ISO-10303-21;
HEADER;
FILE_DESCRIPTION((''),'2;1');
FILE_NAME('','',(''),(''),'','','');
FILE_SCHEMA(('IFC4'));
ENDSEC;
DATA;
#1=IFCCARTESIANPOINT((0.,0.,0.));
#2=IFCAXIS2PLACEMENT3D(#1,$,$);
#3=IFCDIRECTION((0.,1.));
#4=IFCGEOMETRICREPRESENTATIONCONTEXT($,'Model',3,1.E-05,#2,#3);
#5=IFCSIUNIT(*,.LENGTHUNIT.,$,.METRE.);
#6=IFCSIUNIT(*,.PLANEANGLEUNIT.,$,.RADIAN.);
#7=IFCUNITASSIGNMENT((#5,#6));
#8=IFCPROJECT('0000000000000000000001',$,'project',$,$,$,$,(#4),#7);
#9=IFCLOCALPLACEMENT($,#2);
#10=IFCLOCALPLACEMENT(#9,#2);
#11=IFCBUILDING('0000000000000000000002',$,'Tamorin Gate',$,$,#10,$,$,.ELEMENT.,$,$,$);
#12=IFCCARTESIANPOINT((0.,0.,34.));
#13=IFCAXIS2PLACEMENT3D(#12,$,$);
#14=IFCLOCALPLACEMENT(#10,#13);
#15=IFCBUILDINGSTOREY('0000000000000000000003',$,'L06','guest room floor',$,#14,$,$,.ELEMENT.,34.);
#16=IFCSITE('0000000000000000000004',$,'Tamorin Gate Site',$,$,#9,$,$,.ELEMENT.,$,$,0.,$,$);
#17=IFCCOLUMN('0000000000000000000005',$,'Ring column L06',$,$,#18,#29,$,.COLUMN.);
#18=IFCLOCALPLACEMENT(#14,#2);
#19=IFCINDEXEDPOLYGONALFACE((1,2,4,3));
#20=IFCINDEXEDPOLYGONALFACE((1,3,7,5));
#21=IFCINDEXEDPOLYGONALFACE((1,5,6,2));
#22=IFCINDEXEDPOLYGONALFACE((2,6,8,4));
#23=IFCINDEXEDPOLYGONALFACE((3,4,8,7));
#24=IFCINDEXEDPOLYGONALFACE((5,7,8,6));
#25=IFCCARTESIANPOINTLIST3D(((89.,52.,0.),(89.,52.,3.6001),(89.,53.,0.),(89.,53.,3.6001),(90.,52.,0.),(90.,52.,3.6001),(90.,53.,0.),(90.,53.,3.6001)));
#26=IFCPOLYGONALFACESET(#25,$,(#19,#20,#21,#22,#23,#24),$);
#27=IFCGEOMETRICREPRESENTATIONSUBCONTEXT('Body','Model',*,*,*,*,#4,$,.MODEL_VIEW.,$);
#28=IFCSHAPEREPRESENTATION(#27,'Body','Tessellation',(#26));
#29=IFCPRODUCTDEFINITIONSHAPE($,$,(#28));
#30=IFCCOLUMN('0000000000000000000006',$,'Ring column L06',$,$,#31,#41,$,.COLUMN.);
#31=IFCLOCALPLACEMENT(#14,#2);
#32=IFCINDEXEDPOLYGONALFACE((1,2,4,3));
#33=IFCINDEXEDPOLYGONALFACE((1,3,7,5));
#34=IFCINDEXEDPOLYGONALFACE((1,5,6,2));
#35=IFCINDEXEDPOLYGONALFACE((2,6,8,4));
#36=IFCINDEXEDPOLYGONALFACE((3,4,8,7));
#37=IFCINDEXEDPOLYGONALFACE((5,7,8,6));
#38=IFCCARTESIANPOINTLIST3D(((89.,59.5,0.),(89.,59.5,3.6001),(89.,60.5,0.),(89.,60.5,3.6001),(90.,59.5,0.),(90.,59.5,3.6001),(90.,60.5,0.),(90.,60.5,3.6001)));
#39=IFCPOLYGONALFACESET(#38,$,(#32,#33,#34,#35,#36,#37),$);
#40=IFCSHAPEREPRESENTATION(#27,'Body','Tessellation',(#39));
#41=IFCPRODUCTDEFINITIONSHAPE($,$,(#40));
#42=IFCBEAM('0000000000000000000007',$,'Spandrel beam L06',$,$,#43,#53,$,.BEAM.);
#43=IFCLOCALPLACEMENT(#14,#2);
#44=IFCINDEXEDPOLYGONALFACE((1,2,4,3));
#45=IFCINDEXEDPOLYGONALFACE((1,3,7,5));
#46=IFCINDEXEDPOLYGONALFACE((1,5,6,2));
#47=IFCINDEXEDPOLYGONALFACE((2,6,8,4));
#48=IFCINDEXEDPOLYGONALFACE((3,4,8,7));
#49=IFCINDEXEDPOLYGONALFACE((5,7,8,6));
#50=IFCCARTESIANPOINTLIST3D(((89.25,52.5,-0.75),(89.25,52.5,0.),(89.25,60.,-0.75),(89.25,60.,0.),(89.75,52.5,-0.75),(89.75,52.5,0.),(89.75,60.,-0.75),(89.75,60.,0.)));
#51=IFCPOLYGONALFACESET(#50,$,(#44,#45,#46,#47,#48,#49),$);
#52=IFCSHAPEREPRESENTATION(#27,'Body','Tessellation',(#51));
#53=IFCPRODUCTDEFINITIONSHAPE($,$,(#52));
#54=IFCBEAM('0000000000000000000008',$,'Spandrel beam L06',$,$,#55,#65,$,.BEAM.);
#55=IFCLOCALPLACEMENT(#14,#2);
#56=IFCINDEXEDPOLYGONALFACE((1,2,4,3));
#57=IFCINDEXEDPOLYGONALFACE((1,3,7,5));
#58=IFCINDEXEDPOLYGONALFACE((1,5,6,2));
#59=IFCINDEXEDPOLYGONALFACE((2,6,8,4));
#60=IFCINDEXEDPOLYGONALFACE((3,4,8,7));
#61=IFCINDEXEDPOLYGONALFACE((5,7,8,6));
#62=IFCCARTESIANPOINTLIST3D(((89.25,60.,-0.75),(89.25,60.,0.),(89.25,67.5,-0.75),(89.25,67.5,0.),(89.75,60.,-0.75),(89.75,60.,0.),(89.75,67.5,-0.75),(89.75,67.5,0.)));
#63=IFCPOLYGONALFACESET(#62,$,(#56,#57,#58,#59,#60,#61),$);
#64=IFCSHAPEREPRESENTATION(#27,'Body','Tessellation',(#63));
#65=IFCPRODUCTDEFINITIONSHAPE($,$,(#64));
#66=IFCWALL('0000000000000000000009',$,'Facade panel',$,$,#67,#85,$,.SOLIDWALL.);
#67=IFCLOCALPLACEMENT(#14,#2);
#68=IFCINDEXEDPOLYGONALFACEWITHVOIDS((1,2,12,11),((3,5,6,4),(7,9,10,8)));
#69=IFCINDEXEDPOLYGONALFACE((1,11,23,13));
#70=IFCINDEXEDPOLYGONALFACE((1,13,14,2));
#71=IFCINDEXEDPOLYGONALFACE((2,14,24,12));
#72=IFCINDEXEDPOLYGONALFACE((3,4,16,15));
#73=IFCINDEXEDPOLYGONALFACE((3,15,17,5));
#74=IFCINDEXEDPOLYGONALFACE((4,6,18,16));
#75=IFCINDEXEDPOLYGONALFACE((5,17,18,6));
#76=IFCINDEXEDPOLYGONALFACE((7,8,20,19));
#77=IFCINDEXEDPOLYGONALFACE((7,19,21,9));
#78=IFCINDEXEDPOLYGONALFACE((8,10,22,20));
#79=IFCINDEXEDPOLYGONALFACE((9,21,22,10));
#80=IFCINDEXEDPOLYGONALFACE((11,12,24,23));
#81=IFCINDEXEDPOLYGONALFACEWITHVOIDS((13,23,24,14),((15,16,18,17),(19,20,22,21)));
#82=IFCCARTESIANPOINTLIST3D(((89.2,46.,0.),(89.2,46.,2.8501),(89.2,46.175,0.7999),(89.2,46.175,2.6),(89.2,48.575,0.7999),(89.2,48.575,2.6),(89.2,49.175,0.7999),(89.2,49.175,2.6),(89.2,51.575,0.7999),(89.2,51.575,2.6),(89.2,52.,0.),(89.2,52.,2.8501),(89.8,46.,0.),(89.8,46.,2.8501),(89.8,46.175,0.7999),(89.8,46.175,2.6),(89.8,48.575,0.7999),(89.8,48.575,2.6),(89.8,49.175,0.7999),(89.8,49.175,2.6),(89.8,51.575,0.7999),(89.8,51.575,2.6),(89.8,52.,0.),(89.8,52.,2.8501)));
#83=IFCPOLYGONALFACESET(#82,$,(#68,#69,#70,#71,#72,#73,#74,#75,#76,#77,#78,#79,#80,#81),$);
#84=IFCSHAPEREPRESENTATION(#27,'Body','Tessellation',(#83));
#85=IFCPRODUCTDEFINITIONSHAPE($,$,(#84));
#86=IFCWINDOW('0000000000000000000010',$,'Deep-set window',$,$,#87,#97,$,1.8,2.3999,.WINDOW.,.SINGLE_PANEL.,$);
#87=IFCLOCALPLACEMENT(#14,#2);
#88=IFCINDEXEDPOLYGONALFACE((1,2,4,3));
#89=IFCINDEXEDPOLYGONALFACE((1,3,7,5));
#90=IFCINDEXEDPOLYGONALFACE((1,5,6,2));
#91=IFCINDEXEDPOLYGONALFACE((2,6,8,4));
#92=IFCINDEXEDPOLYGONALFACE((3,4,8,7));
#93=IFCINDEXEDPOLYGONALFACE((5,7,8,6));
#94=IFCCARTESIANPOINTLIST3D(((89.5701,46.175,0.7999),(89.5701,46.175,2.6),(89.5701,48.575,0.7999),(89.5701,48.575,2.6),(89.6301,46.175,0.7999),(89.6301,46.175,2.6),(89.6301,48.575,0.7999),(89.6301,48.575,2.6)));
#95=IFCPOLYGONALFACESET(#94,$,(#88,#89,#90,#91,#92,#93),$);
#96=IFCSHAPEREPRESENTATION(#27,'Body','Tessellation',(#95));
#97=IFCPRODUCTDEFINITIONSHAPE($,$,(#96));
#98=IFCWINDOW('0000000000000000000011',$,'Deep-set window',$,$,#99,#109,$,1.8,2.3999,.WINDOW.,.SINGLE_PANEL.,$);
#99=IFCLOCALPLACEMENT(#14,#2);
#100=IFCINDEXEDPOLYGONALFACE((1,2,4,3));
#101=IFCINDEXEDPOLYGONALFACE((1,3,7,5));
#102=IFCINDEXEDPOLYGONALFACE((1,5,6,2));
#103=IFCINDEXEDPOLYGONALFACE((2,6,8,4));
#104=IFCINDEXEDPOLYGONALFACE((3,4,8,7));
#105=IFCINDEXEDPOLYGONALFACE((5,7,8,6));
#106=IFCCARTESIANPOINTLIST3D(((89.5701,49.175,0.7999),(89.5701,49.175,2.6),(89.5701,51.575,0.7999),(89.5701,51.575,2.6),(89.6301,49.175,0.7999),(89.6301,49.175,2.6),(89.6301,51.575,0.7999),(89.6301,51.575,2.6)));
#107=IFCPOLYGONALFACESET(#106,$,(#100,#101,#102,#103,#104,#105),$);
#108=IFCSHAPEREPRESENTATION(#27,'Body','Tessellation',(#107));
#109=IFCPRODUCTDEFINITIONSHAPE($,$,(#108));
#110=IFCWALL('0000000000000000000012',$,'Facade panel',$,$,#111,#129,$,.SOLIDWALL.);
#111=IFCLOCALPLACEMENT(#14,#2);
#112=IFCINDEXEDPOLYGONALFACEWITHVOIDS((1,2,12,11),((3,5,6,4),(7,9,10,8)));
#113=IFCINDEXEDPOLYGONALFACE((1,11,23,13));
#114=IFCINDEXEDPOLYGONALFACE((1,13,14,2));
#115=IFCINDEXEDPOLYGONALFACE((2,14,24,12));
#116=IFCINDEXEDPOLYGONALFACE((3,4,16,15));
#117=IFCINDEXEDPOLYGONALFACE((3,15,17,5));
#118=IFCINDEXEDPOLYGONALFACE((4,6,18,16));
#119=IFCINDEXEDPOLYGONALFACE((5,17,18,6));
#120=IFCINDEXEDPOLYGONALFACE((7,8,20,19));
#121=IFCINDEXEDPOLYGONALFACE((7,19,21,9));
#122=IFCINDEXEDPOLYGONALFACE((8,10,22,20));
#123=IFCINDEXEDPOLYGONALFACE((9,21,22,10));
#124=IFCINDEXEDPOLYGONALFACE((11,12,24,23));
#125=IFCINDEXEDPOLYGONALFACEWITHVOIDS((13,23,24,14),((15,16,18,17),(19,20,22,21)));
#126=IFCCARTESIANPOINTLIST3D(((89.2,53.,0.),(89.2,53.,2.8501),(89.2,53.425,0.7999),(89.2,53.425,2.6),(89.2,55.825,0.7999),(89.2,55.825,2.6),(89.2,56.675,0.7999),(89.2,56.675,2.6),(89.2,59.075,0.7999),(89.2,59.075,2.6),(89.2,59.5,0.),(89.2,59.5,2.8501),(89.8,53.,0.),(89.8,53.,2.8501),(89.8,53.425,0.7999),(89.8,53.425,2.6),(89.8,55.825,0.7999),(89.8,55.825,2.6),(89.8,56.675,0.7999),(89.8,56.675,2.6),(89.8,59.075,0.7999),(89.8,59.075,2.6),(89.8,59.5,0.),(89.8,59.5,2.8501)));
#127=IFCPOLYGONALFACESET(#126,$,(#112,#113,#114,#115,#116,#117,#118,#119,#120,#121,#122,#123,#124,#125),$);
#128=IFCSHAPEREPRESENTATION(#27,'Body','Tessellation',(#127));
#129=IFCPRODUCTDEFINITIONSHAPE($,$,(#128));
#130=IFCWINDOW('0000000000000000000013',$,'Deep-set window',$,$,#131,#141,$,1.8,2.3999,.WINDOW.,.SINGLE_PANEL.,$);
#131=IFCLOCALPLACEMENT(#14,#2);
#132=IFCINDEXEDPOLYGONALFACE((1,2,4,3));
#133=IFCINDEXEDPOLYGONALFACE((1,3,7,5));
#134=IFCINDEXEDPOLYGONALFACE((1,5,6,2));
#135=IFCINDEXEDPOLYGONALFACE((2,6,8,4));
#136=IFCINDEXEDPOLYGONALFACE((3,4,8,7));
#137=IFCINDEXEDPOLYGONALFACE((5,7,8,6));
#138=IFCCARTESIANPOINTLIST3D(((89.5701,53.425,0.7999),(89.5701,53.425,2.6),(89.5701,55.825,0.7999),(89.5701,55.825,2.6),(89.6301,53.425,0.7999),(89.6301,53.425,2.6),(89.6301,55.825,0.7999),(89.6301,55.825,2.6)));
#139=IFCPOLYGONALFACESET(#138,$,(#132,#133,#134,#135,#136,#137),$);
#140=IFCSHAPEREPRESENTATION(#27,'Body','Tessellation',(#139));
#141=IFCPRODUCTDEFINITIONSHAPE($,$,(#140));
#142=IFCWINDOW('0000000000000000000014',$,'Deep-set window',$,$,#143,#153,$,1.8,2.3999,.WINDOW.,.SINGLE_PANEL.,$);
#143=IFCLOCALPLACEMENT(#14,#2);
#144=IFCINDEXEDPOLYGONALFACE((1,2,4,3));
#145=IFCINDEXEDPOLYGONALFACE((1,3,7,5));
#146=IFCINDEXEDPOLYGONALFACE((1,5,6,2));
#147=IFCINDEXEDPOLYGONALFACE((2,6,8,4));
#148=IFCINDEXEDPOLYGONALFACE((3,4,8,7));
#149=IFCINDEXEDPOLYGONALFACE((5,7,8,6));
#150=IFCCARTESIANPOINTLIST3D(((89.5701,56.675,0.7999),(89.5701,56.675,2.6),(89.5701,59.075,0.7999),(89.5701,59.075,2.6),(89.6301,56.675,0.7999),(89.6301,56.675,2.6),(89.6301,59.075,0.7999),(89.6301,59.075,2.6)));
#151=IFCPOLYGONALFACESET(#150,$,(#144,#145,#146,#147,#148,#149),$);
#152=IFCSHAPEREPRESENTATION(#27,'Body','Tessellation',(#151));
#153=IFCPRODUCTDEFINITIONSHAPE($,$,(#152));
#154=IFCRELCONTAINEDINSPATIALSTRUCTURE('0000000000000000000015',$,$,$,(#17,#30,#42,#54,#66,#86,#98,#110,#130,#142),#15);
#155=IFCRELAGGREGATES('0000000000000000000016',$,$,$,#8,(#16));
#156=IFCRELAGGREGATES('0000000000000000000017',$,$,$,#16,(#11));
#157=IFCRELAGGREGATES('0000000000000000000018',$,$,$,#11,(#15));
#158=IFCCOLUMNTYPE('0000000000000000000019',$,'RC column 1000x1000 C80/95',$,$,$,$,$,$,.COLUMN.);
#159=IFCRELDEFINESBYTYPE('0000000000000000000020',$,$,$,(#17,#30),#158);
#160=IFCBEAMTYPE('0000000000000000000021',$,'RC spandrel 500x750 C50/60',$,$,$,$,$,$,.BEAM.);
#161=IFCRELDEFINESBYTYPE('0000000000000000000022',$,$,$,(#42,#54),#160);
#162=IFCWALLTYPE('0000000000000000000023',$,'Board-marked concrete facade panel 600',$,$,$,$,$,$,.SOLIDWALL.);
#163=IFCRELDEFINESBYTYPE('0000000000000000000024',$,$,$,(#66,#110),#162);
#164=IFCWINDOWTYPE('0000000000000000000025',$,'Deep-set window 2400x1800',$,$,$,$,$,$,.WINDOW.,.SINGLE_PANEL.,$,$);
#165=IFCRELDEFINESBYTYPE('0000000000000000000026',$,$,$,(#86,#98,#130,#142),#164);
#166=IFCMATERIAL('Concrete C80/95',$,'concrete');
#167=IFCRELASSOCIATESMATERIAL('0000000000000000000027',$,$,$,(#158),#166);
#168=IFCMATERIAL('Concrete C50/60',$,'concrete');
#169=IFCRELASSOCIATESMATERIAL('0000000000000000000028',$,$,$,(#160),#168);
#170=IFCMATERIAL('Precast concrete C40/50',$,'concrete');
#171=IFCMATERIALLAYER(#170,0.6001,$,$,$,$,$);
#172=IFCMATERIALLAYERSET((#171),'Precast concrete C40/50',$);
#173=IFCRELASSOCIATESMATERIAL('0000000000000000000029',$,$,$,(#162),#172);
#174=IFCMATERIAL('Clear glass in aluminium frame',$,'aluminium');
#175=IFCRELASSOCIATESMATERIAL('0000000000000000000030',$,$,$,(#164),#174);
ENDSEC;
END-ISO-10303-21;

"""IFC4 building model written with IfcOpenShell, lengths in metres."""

from ifc_helpers import new_model, si_unit, direction, frame, frame_2d, origin, origin_2d, place, context, subcontext, project, spatial, rectangle, extrude, material, layer, layer_set, material_profile, profile_set, type_object, element, fill, save


model = new_model("IFC4")

# Units and contexts
model_context = context("Model", 3, precision=1e-05, world=origin(), true_north=direction((0.0, 1.0)))
body_context = subcontext(model_context, "Body", "Model", "MODEL_VIEW")
ifc_project = project(units=[si_unit("LENGTHUNIT", "METRE"), si_unit("PLANEANGLEUNIT", "RADIAN")], contexts=[model_context])

# Site, building, storey
site_placement = place(None, origin())
site = spatial("IfcSite", under=ifc_project, at=site_placement, Name="Tamorin Gate Site", CompositionType="ELEMENT", RefElevation=0.0)
building_placement = place(site_placement, origin())
building = spatial("IfcBuilding", under=site, at=building_placement, Name="Tamorin Gate", CompositionType="ELEMENT")
storey_placement = place(building_placement, frame((0.0, 0.0, 34.0)))
storey = spatial("IfcBuildingStorey", under=building, at=storey_placement, Name="L06", Description="guest room floor", CompositionType="ELEMENT", Elevation=34.0)

# Columns
ifc_material_1 = material(Name="Concrete C80/95", Category="concrete")
ifc_material_profile_1 = material_profile(ifc_material_1, rectangle(XDim=1.0, YDim=1.0, at=origin_2d()), Name="RC 1000x1000")
ifc_profile_set_1 = profile_set([ifc_material_profile_1], Name="Concrete C80/95")
column_type = type_object("IfcColumnType", Name="RC column 1000x1000 C80/95", PredefinedType="COLUMN", material=ifc_profile_set_1)
for number, where, z_axis, x_axis, name in (
    (1, (89.5, 52.5, 0.0), (0.0, 0.0, 1.0), (1.0, 0.0, 0.0), "Ring column L06"),
    (2, (89.5, 60.0, 0.0), (0.0, 0.0, 1.0), (1.0, 0.0, 0.0), "Ring column L06"),
):
    element("IfcColumn", number, at=place(storey_placement, frame(where, z_axis=z_axis, x_axis=x_axis)), inside=storey, type_object=column_type, Name=name, PredefinedType="COLUMN", context=body_context, shape_type="SweptSolid", body=[
        extrude(rectangle(XDim=1.0, YDim=1.0, at=origin_2d()), origin(), (0.0, 0.0, 1.0), 3.6001),
    ])

# Beams
ifc_material_2 = material(Name="Concrete C50/60", Category="concrete")
ifc_material_profile_2 = material_profile(ifc_material_2, rectangle(XDim=0.5, YDim=0.75, at=origin_2d()), Name="RC 500x750")
ifc_profile_set_2 = profile_set([ifc_material_profile_2], Name="Concrete C50/60")
beam_type = type_object("IfcBeamType", Name="RC spandrel 500x750 C50/60", PredefinedType="BEAM", material=ifc_profile_set_2)
for number, where, z_axis, x_axis, name in (
    (3, (89.5, 52.5, -0.375), (0.0, 1.0, 0.0), (-1.0, 0.0, 0.0), "Spandrel beam L06"),
    (4, (89.5, 60.0, -0.375), (0.0, 1.0, 0.0), (-1.0, 0.0, 0.0), "Spandrel beam L06"),
):
    element("IfcBeam", number, at=place(storey_placement, frame(where, z_axis=z_axis, x_axis=x_axis)), inside=storey, type_object=beam_type, Name=name, PredefinedType="BEAM", context=body_context, shape_type="SweptSolid", body=[
        extrude(rectangle(XDim=0.5, YDim=0.75, at=origin_2d()), origin(), (0.0, 0.0, 1.0), 7.5),
    ])

# Walls, openings, windows
ifc_material_3 = material(Name="Precast concrete C40/50", Category="concrete")
ifc_layer = layer(ifc_material_3, 0.6001)
ifc_layer_set = layer_set([ifc_layer], Name="Precast concrete C40/50")
wall_type = type_object("IfcWallType", Name="Board-marked concrete facade panel 600", PredefinedType="SOLIDWALL", material=ifc_layer_set)
wall_1_placement = place(storey_placement, frame((89.5, 46.0, 0.0), z_axis=(0.0, 0.0, 1.0), x_axis=(0.0, 1.0, 0.0)))
wall_1 = element("IfcWall", 5, at=wall_1_placement, inside=storey, type_object=wall_type, Name="Facade panel", PredefinedType="SOLIDWALL", context=body_context, shape_type="SweptSolid", body=[
    extrude(rectangle(XDim=6.0, YDim=0.6001, at=frame_2d((3.0, 0.0))), origin(), (0.0, 0.0, 1.0), 2.8501),
])
opening_1_placement = place(wall_1_placement, frame((0.175, 0.0, 0.8)))
opening_1 = element("IfcOpeningElement", 6, at=opening_1_placement, cuts=wall_1, PredefinedType="OPENING", context=body_context, shape_type="SweptSolid", body=[
    extrude(rectangle(XDim=2.3999, YDim=1.8, at=frame_2d((1.2, 0.8999))), frame((0.0, 0.3101, 0.0), z_axis=(0.0, -1.0, 0.0), x_axis=(1.0, 0.0, 0.0)), (0.0, 0.0, 1.0), 0.6201),
])
opening_2_placement = place(wall_1_placement, frame((3.175, 0.0, 0.8)))
opening_2 = element("IfcOpeningElement", 7, at=opening_2_placement, cuts=wall_1, PredefinedType="OPENING", context=body_context, shape_type="SweptSolid", body=[
    extrude(rectangle(XDim=2.3999, YDim=1.8, at=frame_2d((1.2, 0.8999))), frame((0.0, 0.3101, 0.0), z_axis=(0.0, -1.0, 0.0), x_axis=(1.0, 0.0, 0.0)), (0.0, 0.0, 1.0), 0.6201),
])
ifc_material_4 = material(Name="Clear glass in aluminium frame", Category="aluminium")
window_type = type_object("IfcWindowType", Name="Deep-set window 2400x1800", PartitioningType="SINGLE_PANEL", PredefinedType="WINDOW", material=ifc_material_4)
window_1_placement = place(opening_1_placement, origin())
window_1 = element("IfcWindow", 8, at=window_1_placement, inside=storey, type_object=window_type, Name="Deep-set window", OverallHeight=1.8, OverallWidth=2.3999, PartitioningType="SINGLE_PANEL", PredefinedType="WINDOW", context=body_context, shape_type="SweptSolid", body=[
    extrude(rectangle(XDim=2.3999, YDim=1.8, at=frame_2d((1.2, 0.8999))), frame((0.0, -0.0701, 0.0), z_axis=(0.0, -1.0, 0.0), x_axis=(1.0, 0.0, 0.0)), (0.0, 0.0, 1.0), 0.0601),
])
fill(opening_1, window_1)
window_2_placement = place(opening_2_placement, origin())
window_2 = element("IfcWindow", 9, at=window_2_placement, inside=storey, type_object=window_type, Name="Deep-set window", OverallHeight=1.8, OverallWidth=2.3999, PartitioningType="SINGLE_PANEL", PredefinedType="WINDOW", context=body_context, shape_type="SweptSolid", body=[
    extrude(rectangle(XDim=2.3999, YDim=1.8, at=frame_2d((1.2, 0.8999))), frame((0.0, -0.0701, 0.0), z_axis=(0.0, -1.0, 0.0), x_axis=(1.0, 0.0, 0.0)), (0.0, 0.0, 1.0), 0.0601),
])
fill(opening_2, window_2)
wall_2_placement = place(storey_placement, frame((89.5, 53.0, 0.0), z_axis=(0.0, 0.0, 1.0), x_axis=(0.0, 1.0, 0.0)))
wall_2 = element("IfcWall", 10, at=wall_2_placement, inside=storey, type_object=wall_type, Name="Facade panel", PredefinedType="SOLIDWALL", context=body_context, shape_type="SweptSolid", body=[
    extrude(rectangle(XDim=6.5, YDim=0.6001, at=frame_2d((3.25, 0.0))), origin(), (0.0, 0.0, 1.0), 2.8501),
])
opening_3_placement = place(wall_2_placement, frame((0.425, 0.0, 0.8)))
opening_3 = element("IfcOpeningElement", 11, at=opening_3_placement, cuts=wall_2, PredefinedType="OPENING", context=body_context, shape_type="SweptSolid", body=[
    extrude(rectangle(XDim=2.3999, YDim=1.8, at=frame_2d((1.2, 0.8999))), frame((0.0, 0.3101, 0.0), z_axis=(0.0, -1.0, 0.0), x_axis=(1.0, 0.0, 0.0)), (0.0, 0.0, 1.0), 0.6201),
])
opening_4_placement = place(wall_2_placement, frame((3.675, 0.0, 0.8)))
opening_4 = element("IfcOpeningElement", 12, at=opening_4_placement, cuts=wall_2, PredefinedType="OPENING", context=body_context, shape_type="SweptSolid", body=[
    extrude(rectangle(XDim=2.3999, YDim=1.8, at=frame_2d((1.2, 0.8999))), frame((0.0, 0.3101, 0.0), z_axis=(0.0, -1.0, 0.0), x_axis=(1.0, 0.0, 0.0)), (0.0, 0.0, 1.0), 0.6201),
])
window_3_placement = place(opening_3_placement, origin())
window_3 = element("IfcWindow", 13, at=window_3_placement, inside=storey, type_object=window_type, Name="Deep-set window", OverallHeight=1.8, OverallWidth=2.3999, PartitioningType="SINGLE_PANEL", PredefinedType="WINDOW", context=body_context, shape_type="SweptSolid", body=[
    extrude(rectangle(XDim=2.3999, YDim=1.8, at=frame_2d((1.2, 0.8999))), frame((0.0, -0.0701, 0.0), z_axis=(0.0, -1.0, 0.0), x_axis=(1.0, 0.0, 0.0)), (0.0, 0.0, 1.0), 0.0601),
])
fill(opening_3, window_3)
window_4_placement = place(opening_4_placement, origin())
window_4 = element("IfcWindow", 14, at=window_4_placement, inside=storey, type_object=window_type, Name="Deep-set window", OverallHeight=1.8, OverallWidth=2.3999, PartitioningType="SINGLE_PANEL", PredefinedType="WINDOW", context=body_context, shape_type="SweptSolid", body=[
    extrude(rectangle(XDim=2.3999, YDim=1.8, at=frame_2d((1.2, 0.8999))), frame((0.0, -0.0701, 0.0), z_axis=(0.0, -1.0, 0.0), x_axis=(1.0, 0.0, 0.0)), (0.0, 0.0, 1.0), 0.0601),
])
fill(opening_4, window_4)

save(model, "model.ifc")
